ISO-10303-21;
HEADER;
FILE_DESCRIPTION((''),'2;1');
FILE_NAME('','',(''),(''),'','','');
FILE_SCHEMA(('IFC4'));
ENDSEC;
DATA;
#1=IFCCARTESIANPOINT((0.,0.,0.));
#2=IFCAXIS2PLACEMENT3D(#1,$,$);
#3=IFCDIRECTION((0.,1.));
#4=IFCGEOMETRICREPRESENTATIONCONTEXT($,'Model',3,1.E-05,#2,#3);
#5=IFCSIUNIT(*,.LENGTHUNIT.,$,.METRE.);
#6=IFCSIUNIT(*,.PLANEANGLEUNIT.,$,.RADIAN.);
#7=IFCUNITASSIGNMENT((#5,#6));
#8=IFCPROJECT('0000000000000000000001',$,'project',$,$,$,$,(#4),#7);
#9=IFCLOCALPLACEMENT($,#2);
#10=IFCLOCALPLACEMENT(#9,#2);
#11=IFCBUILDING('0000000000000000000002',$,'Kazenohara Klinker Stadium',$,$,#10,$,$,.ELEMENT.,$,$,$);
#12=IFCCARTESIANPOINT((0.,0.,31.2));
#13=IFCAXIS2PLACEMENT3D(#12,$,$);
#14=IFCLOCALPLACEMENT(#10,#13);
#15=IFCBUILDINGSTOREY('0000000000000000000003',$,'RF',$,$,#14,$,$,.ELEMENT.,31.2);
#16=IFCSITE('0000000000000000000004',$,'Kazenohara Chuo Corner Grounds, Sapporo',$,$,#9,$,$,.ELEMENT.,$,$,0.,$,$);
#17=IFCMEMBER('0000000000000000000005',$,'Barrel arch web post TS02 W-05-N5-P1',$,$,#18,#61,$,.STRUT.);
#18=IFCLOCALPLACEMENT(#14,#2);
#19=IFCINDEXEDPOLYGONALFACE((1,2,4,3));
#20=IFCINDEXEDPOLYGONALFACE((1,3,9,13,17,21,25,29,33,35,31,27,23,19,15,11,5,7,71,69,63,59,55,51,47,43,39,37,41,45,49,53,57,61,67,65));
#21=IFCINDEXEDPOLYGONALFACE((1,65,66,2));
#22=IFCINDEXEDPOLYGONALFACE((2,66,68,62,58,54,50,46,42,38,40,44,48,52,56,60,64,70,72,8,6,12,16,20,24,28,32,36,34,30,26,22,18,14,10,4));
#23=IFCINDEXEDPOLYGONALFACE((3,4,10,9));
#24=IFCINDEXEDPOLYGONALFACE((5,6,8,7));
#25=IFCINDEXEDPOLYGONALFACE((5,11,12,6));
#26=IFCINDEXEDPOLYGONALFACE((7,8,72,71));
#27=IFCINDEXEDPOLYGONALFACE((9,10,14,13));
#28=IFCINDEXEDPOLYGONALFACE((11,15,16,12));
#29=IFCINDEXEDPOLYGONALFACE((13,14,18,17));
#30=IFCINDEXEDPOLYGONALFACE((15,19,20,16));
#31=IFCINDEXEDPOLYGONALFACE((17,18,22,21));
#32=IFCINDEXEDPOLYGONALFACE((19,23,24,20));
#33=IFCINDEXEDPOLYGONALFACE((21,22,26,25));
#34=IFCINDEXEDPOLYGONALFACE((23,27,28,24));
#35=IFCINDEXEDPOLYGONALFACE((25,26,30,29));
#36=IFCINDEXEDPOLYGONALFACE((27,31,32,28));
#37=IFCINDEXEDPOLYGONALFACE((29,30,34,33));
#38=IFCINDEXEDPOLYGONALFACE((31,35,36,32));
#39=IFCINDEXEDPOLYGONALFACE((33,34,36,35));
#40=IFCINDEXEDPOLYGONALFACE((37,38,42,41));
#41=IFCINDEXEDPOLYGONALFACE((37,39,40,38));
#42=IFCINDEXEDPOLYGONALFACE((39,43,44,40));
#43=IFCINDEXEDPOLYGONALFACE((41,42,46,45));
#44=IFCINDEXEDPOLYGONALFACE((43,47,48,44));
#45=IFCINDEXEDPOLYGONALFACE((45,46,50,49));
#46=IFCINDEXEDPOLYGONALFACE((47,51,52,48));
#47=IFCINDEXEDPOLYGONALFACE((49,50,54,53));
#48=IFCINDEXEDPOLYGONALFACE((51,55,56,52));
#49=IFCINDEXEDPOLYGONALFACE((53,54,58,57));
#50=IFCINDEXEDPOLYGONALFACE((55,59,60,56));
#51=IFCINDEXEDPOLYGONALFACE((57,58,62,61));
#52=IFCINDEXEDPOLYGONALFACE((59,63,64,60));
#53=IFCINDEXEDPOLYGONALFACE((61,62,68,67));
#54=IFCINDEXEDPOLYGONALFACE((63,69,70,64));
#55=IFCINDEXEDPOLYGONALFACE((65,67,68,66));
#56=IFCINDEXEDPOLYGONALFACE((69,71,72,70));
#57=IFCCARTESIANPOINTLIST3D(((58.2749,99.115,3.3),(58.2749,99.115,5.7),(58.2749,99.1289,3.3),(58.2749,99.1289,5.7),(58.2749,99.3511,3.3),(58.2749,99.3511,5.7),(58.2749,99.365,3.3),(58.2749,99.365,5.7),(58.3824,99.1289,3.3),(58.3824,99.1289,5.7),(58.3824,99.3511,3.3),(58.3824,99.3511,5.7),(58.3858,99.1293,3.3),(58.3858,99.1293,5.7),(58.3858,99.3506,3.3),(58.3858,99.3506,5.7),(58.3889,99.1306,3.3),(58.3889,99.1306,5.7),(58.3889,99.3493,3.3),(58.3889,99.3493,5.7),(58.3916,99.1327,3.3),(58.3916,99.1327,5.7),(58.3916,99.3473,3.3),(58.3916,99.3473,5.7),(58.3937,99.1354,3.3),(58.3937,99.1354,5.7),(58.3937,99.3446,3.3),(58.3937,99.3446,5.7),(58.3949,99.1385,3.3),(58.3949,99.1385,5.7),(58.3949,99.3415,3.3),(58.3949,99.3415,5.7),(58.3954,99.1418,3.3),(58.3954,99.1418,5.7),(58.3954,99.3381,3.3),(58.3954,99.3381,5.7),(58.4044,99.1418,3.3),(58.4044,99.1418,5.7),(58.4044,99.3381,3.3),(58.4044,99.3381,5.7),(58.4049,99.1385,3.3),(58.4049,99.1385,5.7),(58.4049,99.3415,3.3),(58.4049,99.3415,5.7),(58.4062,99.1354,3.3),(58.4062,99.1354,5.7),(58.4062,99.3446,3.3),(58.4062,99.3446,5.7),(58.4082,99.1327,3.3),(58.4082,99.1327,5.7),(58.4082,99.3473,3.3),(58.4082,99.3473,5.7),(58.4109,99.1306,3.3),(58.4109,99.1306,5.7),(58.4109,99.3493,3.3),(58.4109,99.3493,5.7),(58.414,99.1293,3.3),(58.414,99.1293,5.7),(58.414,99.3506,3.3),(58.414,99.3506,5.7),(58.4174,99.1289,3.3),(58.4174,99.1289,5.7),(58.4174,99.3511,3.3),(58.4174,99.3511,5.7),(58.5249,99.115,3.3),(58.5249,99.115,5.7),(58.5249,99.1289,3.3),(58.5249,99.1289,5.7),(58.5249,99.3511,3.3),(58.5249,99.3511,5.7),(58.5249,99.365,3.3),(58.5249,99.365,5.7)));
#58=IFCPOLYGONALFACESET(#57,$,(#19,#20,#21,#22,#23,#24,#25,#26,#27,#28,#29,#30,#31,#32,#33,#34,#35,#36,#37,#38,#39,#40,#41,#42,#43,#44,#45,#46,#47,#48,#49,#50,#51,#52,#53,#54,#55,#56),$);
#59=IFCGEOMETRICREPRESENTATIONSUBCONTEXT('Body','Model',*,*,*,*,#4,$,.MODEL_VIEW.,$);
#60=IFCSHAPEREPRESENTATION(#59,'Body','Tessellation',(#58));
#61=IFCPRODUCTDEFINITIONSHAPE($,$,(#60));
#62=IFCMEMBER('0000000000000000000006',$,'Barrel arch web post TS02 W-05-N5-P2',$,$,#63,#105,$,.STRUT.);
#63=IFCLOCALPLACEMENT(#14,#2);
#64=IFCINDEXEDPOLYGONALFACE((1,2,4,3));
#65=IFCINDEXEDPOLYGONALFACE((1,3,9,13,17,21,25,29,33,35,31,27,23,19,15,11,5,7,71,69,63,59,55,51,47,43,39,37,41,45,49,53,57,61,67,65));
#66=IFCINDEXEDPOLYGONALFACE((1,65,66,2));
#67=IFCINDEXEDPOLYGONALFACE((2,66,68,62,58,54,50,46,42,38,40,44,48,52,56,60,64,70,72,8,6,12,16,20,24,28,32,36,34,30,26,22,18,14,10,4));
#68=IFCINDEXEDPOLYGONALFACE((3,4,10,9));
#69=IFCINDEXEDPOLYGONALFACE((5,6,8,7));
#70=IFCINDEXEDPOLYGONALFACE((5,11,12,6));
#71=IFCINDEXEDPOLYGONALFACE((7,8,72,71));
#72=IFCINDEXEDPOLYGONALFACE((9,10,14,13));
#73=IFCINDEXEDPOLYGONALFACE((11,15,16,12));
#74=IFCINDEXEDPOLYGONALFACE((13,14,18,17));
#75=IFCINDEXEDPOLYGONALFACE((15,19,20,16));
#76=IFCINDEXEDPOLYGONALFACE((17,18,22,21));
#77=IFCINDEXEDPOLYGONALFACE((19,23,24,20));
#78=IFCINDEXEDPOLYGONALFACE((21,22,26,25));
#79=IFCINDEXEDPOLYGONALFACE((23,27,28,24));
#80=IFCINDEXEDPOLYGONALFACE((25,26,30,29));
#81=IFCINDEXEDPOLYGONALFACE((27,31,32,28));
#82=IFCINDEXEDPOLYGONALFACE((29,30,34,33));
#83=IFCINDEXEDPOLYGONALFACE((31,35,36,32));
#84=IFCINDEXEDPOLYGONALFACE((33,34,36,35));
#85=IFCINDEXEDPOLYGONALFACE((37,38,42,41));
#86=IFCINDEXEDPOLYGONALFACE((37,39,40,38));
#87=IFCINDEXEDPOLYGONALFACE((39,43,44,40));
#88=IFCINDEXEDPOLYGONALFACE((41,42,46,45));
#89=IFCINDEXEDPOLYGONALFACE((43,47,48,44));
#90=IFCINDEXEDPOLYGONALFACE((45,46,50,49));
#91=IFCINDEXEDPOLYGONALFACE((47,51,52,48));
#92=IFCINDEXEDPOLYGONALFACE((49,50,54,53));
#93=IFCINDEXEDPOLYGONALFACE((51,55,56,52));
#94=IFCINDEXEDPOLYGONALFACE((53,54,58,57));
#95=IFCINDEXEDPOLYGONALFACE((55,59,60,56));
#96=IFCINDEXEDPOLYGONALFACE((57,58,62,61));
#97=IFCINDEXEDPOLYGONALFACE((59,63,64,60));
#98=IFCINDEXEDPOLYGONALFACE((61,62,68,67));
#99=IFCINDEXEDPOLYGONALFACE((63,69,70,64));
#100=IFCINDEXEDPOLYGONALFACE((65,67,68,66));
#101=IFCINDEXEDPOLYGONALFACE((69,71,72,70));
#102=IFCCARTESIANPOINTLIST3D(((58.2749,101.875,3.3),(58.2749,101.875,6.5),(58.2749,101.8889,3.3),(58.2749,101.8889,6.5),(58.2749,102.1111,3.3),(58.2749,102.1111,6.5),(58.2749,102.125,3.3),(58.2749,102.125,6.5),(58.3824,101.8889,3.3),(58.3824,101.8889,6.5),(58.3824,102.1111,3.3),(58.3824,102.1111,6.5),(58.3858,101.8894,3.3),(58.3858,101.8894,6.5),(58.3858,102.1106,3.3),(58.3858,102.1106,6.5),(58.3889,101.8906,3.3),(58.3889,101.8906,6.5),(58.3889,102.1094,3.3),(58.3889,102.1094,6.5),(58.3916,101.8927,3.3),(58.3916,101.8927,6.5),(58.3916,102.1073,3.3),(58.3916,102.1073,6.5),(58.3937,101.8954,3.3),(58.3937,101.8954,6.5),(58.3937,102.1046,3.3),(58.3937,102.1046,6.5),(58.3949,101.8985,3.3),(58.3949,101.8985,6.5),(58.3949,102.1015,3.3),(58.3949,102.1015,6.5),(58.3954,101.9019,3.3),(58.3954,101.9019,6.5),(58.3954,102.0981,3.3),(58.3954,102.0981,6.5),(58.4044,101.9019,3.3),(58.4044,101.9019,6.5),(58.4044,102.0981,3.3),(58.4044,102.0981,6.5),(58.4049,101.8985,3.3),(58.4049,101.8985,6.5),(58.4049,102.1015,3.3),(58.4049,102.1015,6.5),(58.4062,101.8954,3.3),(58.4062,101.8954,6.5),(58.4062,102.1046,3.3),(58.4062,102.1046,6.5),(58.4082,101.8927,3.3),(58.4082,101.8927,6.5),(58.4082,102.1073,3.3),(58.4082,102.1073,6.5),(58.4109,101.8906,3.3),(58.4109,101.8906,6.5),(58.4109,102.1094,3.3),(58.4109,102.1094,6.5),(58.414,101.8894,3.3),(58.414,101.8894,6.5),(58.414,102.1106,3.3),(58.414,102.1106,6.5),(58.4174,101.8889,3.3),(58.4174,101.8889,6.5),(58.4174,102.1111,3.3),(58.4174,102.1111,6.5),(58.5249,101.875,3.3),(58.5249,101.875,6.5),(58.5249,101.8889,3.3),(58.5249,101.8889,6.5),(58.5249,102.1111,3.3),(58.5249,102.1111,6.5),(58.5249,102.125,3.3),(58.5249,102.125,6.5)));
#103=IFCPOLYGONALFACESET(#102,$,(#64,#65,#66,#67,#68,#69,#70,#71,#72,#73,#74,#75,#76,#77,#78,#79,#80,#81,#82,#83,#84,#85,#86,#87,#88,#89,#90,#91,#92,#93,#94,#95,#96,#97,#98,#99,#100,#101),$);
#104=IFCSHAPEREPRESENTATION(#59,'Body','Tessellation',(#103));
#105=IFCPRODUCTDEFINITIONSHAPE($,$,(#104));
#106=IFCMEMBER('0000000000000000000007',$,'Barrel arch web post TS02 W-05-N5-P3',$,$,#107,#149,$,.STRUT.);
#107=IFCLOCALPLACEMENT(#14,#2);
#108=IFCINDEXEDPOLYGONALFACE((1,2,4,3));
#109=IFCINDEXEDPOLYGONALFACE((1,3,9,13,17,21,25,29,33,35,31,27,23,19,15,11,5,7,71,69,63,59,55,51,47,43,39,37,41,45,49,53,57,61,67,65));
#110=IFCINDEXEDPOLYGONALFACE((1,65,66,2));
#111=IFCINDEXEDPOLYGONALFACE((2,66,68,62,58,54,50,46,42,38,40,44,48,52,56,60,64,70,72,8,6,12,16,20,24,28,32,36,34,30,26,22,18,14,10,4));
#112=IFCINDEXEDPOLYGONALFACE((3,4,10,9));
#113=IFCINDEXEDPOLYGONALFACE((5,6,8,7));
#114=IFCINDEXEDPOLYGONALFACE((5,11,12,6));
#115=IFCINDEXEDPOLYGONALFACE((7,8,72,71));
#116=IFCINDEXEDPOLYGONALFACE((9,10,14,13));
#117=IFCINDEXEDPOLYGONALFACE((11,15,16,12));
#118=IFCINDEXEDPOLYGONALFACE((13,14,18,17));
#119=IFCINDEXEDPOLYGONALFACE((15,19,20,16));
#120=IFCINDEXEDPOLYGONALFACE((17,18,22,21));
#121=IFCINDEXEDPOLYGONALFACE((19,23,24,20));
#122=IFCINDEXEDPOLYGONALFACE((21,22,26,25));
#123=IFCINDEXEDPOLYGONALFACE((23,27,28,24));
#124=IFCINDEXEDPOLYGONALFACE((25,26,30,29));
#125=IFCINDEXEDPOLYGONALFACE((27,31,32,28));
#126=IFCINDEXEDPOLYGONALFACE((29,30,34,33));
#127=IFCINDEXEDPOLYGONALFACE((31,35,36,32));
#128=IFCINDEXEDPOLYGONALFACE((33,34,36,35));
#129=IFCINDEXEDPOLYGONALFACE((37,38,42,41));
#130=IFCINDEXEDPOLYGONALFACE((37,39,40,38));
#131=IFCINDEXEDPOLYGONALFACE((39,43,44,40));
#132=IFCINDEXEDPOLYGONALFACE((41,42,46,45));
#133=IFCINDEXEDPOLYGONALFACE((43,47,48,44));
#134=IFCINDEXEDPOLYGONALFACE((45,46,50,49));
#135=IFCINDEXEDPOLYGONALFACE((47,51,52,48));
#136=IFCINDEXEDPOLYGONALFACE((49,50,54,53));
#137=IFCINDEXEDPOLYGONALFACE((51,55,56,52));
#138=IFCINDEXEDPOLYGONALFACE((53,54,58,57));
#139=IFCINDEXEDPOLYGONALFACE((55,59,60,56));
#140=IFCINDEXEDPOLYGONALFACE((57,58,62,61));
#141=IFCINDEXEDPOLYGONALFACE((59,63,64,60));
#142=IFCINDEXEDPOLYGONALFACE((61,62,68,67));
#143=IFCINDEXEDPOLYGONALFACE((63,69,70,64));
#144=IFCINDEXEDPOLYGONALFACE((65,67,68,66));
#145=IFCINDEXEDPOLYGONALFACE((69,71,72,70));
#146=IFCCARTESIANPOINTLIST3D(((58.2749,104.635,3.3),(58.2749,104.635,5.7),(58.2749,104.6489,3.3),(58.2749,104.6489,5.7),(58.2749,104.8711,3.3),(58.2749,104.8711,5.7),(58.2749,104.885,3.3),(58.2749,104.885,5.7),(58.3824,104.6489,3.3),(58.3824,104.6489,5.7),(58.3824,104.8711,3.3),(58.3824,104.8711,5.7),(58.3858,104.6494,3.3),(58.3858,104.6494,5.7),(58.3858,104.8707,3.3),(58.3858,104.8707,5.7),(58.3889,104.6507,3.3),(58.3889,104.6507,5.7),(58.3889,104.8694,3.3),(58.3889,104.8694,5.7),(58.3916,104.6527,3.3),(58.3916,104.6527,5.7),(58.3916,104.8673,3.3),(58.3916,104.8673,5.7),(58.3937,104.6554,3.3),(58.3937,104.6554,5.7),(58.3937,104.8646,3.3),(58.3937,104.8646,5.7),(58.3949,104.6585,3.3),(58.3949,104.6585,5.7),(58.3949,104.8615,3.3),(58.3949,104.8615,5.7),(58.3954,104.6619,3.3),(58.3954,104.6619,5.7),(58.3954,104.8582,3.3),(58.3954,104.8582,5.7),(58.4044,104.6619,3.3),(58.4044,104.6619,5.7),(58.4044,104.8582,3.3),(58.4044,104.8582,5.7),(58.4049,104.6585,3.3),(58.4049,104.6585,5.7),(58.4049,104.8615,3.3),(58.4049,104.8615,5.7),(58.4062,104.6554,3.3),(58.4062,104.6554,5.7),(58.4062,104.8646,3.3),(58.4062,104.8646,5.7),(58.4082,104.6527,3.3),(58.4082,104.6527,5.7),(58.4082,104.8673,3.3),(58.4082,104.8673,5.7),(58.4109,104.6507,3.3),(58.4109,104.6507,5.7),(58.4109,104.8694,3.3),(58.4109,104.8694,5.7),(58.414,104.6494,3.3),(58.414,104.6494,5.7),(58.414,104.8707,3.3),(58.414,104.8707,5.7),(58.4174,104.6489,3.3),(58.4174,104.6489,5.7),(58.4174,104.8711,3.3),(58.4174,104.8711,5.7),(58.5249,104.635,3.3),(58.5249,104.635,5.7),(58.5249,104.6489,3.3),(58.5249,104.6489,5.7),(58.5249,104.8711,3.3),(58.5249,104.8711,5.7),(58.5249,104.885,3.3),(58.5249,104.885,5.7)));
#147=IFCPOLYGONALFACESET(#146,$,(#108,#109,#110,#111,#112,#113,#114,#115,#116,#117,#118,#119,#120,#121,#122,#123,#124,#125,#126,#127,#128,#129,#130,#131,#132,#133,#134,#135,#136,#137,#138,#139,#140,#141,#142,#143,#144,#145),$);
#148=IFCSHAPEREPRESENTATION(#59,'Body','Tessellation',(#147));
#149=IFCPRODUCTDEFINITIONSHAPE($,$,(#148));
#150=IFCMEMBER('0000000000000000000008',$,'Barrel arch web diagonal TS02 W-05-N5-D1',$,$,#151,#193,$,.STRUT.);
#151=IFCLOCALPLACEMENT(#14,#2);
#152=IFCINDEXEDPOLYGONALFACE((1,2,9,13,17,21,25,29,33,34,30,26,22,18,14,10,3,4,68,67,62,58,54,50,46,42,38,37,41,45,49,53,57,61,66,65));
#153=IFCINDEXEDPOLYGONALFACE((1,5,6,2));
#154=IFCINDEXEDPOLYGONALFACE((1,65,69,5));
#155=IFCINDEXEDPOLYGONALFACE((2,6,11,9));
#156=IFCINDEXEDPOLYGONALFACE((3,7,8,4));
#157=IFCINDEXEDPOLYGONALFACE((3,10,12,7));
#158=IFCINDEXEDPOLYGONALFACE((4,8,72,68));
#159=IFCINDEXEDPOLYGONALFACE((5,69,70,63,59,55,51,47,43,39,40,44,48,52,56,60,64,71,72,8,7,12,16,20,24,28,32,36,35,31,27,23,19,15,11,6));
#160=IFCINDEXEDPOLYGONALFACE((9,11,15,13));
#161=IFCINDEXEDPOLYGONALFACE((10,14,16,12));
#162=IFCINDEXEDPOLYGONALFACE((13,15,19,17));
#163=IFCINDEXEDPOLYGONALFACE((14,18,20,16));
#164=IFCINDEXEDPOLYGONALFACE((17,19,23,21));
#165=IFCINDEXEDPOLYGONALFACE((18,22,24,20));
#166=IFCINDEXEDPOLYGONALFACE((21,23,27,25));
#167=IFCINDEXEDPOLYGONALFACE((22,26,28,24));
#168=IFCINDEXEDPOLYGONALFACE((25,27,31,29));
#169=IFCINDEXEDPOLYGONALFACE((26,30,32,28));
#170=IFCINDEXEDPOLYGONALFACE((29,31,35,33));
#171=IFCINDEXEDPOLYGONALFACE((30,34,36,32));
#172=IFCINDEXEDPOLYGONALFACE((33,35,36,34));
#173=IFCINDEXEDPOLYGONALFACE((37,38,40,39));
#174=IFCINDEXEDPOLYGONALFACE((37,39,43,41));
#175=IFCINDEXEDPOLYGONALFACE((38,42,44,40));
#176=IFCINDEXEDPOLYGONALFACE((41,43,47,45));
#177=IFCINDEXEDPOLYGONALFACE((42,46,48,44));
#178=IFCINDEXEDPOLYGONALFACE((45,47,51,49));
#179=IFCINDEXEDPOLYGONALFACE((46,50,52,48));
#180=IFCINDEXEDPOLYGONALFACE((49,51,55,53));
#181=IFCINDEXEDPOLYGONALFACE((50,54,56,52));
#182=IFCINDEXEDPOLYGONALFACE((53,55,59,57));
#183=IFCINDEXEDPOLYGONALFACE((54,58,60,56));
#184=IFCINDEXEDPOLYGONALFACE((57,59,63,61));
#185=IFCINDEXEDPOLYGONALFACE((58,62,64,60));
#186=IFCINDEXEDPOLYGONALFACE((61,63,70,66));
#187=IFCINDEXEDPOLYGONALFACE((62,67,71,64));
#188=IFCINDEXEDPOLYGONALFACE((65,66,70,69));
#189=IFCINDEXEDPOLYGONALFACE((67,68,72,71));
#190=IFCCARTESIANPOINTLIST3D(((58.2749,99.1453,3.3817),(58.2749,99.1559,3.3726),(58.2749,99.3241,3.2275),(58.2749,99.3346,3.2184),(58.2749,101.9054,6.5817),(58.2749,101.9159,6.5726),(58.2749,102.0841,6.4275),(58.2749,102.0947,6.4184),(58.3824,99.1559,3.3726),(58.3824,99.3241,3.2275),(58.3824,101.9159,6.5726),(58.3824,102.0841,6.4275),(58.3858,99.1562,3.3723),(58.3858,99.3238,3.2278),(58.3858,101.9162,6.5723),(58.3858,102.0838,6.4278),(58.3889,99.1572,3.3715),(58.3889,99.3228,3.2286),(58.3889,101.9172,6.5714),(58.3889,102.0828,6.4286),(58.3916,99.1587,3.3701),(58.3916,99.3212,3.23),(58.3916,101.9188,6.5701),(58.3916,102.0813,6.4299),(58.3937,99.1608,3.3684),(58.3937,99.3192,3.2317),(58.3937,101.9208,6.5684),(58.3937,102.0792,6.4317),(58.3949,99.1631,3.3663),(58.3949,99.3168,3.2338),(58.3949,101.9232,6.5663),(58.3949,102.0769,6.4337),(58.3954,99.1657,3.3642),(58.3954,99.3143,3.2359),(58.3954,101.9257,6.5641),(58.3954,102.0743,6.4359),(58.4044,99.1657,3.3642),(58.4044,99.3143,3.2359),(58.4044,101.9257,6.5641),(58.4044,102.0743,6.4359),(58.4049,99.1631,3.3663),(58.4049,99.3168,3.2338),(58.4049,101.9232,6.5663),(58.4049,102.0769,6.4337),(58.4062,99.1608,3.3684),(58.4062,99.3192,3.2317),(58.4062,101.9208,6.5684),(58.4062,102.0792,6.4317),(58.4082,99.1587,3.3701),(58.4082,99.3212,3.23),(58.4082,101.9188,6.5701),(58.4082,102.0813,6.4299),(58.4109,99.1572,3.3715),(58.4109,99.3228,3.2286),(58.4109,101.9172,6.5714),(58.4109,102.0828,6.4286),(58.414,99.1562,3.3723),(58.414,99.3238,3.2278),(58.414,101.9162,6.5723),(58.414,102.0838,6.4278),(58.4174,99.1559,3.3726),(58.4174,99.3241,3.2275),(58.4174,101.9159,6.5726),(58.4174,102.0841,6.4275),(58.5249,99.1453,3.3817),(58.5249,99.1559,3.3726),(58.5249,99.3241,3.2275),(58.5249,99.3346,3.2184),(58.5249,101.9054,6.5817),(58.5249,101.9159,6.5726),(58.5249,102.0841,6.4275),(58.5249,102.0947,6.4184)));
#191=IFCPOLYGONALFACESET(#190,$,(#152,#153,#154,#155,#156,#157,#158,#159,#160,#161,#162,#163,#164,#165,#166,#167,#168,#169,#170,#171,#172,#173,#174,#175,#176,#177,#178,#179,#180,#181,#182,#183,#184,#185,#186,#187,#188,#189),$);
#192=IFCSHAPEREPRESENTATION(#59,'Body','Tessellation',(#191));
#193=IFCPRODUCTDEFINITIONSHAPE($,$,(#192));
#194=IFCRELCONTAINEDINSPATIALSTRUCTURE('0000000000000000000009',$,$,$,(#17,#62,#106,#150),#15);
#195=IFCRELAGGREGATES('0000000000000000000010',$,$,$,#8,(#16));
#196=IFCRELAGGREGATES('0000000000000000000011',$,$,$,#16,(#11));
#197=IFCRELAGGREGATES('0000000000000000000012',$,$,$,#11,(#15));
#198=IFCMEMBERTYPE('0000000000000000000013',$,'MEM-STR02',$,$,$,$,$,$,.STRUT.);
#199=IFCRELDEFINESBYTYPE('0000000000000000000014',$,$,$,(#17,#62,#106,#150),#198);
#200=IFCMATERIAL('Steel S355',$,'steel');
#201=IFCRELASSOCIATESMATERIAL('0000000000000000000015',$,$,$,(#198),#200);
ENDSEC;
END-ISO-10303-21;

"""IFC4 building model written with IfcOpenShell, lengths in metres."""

from ifc_helpers import new_model, si_unit, direction, frame, origin, origin_2d, place, context, subcontext, project, spatial, i_section, extrude, material, material_profile, profile_set, type_object, element, save


model = new_model("IFC4")

# Units and contexts
model_context = context("Model", 3, precision=1e-05, world=origin(), true_north=direction((0.0, 1.0)))
body_context = subcontext(model_context, "Body", "Model", "MODEL_VIEW")
ifc_project = project(units=[si_unit("LENGTHUNIT", "METRE"), si_unit("PLANEANGLEUNIT", "RADIAN")], contexts=[model_context])

# Site, building, storey
site_placement = place(None, origin())
site = spatial("IfcSite", under=ifc_project, at=site_placement, Name="Kazenohara Chuo Corner Grounds, Sapporo", CompositionType="ELEMENT", RefElevation=0.0)
building_placement = place(site_placement, origin())
building = spatial("IfcBuilding", under=site, at=building_placement, Name="Kazenohara Klinker Stadium", CompositionType="ELEMENT")
storey_placement = place(building_placement, frame((0.0, 0.0, 31.2)))
storey = spatial("IfcBuildingStorey", under=building, at=storey_placement, Name="RF", CompositionType="ELEMENT", Elevation=31.2)

# Members
ifc_material = material(Name="Steel S355", Category="steel")
ifc_material_profile_1 = material_profile(ifc_material, i_section(OverallWidth=0.25, OverallDepth=0.25, WebThickness=0.009, FlangeThickness=0.0139, FilletRadius=0.0129, at=origin_2d()), Name="H-250x250x9x14")
ifc_profile_set_1 = profile_set([ifc_material_profile_1], Name="Steel S355")
member_type_1 = type_object("IfcMemberType", Name="MEM-STR02", PredefinedType="STRUT", material=ifc_profile_set_1)
member_1_placement = place(storey_placement, frame((58.3999, 99.24, 3.3), z_axis=(0.0, 0.0, 1.0), x_axis=(1.0, 0.0, 0.0)))
element("IfcMember", 1, at=member_1_placement, inside=storey, type_object=member_type_1, Name="Barrel arch web post TS02 W-05-N5-P1", PredefinedType="STRUT", context=body_context, shape_type="SweptSolid", body=[
    extrude(i_section(OverallWidth=0.25, OverallDepth=0.25, WebThickness=0.009, FlangeThickness=0.0139, FilletRadius=0.0129, at=origin_2d()), origin(), (0.0, 0.0, 1.0), 2.3999),
])
member_2_placement = place(storey_placement, frame((58.3999, 102.0, 3.3), z_axis=(0.0, 0.0, 1.0), x_axis=(1.0, 0.0, 0.0)))
element("IfcMember", 2, at=member_2_placement, inside=storey, type_object=member_type_1, Name="Barrel arch web post TS02 W-05-N5-P2", PredefinedType="STRUT", context=body_context, shape_type="SweptSolid", body=[
    extrude(i_section(OverallWidth=0.25, OverallDepth=0.25, WebThickness=0.009, FlangeThickness=0.0139, FilletRadius=0.0129, at=origin_2d()), origin(), (0.0, 0.0, 1.0), 3.2),
])
member_3_placement = place(storey_placement, frame((58.3999, 104.76, 3.3), z_axis=(0.0, 0.0, 1.0), x_axis=(1.0, 0.0, 0.0)))
element("IfcMember", 3, at=member_3_placement, inside=storey, type_object=member_type_1, Name="Barrel arch web post TS02 W-05-N5-P3", PredefinedType="STRUT", context=body_context, shape_type="SweptSolid", body=[
    extrude(i_section(OverallWidth=0.25, OverallDepth=0.25, WebThickness=0.009, FlangeThickness=0.0139, FilletRadius=0.0129, at=origin_2d()), origin(), (0.0, 0.0, 1.0), 2.3999),
])
for number, where, z_axis, x_axis, name in (
    (4, (58.3999, 99.24, 3.3), (0.0, 0.653134, 0.757242), (-1.0, 0.0, 0.0), "Barrel arch web diagonal TS02 W-05-N5-D1"),
):
    element("IfcMember", number, at=place(storey_placement, frame(where, z_axis=z_axis, x_axis=x_axis)), inside=storey, type_object=member_type_1, Name=name, PredefinedType="STRUT", context=body_context, shape_type="SweptSolid", body=[
        extrude(i_section(OverallWidth=0.25, OverallDepth=0.25, WebThickness=0.009, FlangeThickness=0.0139, FilletRadius=0.0129, at=origin_2d()), origin(), (0.0, 0.0, 1.0), 4.2258),
    ])

save(model, "model.ifc")
